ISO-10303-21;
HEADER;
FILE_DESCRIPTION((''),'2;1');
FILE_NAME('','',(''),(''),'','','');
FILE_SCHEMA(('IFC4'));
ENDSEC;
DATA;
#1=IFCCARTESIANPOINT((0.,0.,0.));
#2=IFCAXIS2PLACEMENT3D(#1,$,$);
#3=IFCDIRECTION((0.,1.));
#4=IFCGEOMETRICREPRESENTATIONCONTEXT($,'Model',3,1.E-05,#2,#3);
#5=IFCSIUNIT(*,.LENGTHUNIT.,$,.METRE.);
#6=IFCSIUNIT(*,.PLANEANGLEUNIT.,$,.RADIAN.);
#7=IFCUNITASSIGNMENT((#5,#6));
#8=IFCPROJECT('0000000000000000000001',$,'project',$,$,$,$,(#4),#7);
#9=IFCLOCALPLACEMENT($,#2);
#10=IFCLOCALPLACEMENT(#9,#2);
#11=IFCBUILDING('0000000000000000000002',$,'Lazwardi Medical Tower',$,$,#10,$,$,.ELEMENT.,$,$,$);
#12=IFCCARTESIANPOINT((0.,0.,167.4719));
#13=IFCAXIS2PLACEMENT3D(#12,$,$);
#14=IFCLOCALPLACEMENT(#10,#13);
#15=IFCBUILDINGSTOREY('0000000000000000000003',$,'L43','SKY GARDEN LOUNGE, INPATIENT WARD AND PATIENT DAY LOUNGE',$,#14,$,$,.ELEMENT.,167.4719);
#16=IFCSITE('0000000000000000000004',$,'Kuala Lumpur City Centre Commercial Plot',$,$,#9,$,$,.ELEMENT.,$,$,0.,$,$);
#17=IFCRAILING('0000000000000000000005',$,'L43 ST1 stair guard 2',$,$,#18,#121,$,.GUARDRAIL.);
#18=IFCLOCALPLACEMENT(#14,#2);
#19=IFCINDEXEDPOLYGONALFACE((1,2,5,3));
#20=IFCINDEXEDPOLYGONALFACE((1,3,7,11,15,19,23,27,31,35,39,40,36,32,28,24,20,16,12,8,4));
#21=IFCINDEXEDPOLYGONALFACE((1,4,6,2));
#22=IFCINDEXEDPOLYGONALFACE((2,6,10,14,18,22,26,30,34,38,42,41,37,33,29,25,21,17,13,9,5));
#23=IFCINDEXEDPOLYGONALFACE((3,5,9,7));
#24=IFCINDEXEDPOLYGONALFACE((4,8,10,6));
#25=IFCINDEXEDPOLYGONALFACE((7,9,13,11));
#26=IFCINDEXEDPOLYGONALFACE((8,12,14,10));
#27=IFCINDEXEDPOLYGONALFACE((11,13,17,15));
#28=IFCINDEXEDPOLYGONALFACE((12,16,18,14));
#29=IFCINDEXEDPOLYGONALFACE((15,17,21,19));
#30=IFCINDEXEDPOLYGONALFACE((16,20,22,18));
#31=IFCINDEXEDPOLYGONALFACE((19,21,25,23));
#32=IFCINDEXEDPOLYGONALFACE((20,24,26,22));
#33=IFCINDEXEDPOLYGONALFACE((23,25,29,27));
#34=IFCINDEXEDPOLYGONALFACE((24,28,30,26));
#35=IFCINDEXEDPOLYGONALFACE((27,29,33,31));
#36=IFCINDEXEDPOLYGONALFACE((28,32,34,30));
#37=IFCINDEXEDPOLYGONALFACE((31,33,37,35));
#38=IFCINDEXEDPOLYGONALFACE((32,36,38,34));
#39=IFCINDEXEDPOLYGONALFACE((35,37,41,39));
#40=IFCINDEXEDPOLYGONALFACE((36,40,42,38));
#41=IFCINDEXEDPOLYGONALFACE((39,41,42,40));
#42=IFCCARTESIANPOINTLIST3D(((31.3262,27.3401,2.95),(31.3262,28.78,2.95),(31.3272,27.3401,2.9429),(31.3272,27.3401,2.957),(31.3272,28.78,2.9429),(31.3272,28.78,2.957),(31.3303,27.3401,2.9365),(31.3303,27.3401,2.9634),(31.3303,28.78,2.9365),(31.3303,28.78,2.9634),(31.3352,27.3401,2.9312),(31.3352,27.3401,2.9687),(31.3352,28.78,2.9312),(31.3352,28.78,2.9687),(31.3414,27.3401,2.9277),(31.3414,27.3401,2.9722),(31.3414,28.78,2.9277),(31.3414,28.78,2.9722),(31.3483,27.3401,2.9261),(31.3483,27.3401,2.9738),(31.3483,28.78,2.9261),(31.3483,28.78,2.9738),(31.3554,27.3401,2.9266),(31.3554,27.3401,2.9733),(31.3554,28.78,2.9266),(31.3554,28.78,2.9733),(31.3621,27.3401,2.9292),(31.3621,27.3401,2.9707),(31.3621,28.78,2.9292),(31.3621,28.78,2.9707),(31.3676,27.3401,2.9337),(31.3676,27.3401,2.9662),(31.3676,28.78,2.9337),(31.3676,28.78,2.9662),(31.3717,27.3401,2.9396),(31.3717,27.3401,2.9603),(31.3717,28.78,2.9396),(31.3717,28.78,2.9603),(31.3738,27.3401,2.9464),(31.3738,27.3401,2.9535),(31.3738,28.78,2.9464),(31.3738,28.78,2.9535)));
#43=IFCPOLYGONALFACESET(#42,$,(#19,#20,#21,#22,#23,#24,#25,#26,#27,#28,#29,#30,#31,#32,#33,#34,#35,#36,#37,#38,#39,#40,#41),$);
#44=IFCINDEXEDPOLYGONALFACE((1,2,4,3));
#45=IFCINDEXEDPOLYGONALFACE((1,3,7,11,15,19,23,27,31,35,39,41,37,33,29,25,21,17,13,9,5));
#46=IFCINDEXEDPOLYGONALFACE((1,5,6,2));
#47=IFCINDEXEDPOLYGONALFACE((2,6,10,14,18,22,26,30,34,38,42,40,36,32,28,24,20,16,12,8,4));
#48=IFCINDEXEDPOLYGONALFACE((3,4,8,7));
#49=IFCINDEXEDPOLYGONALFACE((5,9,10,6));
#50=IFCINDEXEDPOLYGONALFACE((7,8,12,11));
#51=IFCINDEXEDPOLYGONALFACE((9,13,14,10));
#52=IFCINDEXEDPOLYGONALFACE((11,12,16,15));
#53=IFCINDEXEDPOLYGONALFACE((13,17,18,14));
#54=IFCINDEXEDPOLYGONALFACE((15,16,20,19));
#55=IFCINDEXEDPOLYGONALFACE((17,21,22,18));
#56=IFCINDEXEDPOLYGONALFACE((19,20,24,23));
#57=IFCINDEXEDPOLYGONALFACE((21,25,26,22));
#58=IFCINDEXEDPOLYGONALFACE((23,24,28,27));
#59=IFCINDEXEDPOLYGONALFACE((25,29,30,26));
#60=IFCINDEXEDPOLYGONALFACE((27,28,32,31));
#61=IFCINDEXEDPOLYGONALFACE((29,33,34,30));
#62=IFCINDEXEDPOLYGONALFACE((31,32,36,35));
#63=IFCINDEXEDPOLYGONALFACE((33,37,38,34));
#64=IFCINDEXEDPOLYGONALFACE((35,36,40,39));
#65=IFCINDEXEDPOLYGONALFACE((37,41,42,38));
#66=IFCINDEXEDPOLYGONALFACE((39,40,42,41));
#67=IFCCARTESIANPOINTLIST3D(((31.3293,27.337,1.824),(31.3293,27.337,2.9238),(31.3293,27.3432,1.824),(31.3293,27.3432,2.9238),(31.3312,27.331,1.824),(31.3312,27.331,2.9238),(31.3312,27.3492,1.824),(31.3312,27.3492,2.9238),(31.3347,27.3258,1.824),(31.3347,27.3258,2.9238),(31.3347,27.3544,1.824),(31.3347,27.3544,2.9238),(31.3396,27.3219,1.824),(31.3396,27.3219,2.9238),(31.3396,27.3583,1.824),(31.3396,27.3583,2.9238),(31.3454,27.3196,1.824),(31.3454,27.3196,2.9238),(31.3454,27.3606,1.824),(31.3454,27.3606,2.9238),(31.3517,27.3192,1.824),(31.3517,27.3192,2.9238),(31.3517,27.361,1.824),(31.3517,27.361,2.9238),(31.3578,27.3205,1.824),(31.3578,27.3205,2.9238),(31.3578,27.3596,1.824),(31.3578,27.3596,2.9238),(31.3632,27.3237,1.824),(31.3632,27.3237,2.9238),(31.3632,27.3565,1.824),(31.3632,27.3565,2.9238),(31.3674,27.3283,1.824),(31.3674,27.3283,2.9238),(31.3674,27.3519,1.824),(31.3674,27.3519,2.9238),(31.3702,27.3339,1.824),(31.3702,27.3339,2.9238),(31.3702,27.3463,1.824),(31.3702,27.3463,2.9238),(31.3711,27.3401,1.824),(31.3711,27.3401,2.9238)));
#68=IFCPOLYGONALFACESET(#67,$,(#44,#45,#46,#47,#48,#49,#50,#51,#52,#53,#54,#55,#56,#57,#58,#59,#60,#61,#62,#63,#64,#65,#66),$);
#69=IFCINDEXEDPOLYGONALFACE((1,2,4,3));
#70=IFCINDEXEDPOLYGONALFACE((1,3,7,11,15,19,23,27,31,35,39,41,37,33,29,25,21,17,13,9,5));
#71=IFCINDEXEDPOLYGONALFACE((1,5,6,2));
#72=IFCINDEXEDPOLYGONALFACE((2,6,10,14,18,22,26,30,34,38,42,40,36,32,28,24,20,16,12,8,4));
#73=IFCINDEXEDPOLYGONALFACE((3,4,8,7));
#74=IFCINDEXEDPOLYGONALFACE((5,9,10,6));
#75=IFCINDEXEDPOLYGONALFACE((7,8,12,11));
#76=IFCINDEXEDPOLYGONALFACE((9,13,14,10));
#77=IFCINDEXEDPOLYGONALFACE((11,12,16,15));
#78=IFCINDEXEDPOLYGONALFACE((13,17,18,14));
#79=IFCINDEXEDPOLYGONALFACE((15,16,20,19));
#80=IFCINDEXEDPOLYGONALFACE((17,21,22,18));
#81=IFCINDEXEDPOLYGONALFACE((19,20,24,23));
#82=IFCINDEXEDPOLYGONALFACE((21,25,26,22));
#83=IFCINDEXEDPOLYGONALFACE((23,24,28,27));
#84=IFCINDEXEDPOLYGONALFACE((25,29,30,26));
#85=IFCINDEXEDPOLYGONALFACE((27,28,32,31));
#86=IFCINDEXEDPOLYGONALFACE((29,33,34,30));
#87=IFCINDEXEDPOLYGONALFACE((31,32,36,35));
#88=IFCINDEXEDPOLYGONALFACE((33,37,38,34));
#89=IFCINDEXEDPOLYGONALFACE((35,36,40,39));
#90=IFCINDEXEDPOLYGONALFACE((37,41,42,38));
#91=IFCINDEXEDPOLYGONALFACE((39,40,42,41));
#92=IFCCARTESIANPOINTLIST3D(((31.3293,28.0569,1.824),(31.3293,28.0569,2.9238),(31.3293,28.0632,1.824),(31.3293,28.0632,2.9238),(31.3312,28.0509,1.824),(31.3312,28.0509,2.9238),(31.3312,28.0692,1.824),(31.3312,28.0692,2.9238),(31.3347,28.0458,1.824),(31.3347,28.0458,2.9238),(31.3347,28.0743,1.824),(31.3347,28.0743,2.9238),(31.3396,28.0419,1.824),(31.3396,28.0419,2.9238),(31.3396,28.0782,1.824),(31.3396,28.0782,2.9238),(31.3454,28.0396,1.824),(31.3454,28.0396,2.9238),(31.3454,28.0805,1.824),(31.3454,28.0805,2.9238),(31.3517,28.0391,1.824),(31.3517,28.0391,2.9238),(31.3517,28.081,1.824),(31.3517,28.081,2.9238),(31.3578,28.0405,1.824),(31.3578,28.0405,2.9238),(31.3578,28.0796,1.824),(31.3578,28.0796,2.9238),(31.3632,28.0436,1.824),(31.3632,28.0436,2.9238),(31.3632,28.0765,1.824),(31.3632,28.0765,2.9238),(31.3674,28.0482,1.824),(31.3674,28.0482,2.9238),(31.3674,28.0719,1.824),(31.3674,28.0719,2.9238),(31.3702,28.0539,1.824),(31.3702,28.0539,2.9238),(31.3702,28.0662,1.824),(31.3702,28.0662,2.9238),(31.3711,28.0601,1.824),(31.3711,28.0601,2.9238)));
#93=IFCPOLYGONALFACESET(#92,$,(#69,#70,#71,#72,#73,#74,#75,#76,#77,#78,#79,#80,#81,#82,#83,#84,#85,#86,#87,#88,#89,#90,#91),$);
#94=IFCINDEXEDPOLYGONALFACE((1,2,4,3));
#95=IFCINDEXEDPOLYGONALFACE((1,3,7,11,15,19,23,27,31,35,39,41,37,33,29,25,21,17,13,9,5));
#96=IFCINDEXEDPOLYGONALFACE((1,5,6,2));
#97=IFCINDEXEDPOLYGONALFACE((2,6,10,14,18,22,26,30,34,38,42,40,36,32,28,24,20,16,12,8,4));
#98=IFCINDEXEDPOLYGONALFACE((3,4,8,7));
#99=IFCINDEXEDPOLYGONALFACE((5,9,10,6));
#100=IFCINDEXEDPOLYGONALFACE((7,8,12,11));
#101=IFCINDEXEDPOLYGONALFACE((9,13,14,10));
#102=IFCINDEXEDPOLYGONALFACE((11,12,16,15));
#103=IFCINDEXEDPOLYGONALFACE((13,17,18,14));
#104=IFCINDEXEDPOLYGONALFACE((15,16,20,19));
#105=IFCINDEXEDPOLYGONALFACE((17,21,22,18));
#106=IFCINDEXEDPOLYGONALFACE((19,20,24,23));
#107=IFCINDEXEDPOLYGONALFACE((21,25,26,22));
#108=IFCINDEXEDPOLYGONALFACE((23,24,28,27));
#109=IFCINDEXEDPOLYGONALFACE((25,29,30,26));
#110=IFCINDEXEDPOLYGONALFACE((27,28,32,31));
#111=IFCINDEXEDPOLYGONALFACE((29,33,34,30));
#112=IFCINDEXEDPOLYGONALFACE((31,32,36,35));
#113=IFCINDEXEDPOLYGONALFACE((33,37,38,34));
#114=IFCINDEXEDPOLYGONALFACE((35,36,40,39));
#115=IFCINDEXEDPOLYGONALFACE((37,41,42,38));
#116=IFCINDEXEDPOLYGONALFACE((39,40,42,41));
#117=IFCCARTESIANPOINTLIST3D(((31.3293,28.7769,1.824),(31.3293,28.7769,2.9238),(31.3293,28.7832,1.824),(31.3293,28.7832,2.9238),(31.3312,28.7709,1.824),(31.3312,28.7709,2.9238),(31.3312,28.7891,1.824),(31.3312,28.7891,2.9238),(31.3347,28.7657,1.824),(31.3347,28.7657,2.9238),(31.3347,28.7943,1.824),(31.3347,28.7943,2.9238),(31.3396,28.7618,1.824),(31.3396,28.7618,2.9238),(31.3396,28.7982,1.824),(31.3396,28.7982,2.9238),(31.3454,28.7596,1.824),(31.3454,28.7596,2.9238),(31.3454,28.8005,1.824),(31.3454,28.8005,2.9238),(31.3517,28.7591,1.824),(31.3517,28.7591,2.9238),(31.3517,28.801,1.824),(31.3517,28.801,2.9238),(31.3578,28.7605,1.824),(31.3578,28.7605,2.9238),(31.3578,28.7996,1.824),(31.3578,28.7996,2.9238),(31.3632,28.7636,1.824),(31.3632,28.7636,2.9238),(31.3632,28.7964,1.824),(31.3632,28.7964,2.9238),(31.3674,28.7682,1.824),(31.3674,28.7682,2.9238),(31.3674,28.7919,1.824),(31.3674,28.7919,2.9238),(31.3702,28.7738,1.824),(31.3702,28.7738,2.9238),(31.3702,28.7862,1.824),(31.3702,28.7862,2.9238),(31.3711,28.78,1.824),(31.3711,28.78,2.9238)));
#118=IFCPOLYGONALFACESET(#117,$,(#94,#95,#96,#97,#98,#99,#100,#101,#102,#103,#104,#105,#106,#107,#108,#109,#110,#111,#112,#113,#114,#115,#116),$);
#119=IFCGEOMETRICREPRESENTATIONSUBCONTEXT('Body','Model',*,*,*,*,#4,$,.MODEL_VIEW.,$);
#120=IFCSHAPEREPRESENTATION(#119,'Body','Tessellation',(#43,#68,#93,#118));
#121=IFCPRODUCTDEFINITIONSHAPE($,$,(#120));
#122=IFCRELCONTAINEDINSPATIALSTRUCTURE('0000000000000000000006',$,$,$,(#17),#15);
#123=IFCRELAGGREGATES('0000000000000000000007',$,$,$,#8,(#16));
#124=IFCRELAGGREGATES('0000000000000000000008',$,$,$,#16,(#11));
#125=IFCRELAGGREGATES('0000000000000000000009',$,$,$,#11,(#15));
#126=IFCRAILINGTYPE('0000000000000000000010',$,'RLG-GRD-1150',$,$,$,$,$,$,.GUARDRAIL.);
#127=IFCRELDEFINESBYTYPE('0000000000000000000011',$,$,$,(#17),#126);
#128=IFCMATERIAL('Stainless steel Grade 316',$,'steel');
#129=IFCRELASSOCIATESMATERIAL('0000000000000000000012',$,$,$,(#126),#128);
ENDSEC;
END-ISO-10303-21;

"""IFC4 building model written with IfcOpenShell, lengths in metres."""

from ifc_helpers import new_model, si_unit, direction, frame, origin, origin_2d, place, context, subcontext, project, spatial, circle, extrude, material, type_object, element, save


model = new_model("IFC4")

# Units and contexts
model_context = context("Model", 3, precision=1e-05, world=origin(), true_north=direction((0.0, 1.0)))
body_context = subcontext(model_context, "Body", "Model", "MODEL_VIEW")
ifc_project = project(units=[si_unit("LENGTHUNIT", "METRE"), si_unit("PLANEANGLEUNIT", "RADIAN")], contexts=[model_context])

# Site, building, storey
site_placement = place(None, origin())
site = spatial("IfcSite", under=ifc_project, at=site_placement, Name="Kuala Lumpur City Centre Commercial Plot", CompositionType="ELEMENT", RefElevation=0.0)
building_placement = place(site_placement, origin())
building = spatial("IfcBuilding", under=site, at=building_placement, Name="Lazwardi Medical Tower", CompositionType="ELEMENT")
storey_placement = place(building_placement, frame((0.0, 0.0, 167.4719)))
storey = spatial("IfcBuildingStorey", under=building, at=storey_placement, Name="L43", Description="SKY GARDEN LOUNGE, INPATIENT WARD AND PATIENT DAY LOUNGE", CompositionType="ELEMENT", Elevation=167.4719)

# Railing
ifc_material_1 = material(Name="Stainless steel Grade 316", Category="steel")
railing_type_1 = type_object("IfcRailingType", Name="RLG-GRD-1150", PredefinedType="GUARDRAIL", material=ifc_material_1)
railing_1_placement = place(storey_placement, frame((31.3501, 27.3401, 1.824)))
element("IfcRailing", 1, at=railing_1_placement, inside=storey, type_object=railing_type_1, Name="L43 ST1 stair guard 2", PredefinedType="GUARDRAIL", context=body_context, shape_type="SweptSolid", body=[
    extrude(circle(Radius=0.0239, at=origin_2d()), frame((0.0, 0.0, 1.126), z_axis=(0.0, 1.0, 0.0), x_axis=(-1.0, 0.0, 0.0)), (0.0, 0.0, 1.0), 1.4399),
    extrude(circle(Radius=0.021, at=origin_2d()), origin(), (0.0, 0.0, 1.0), 1.0999),
    extrude(circle(Radius=0.021, at=origin_2d()), frame((0.0, 0.72, 0.0)), (0.0, 0.0, 1.0), 1.0999),
    extrude(circle(Radius=0.021, at=origin_2d()), frame((0.0, 1.4399, 0.0)), (0.0, 0.0, 1.0), 1.0999),
])

save(model, "model.ifc")
